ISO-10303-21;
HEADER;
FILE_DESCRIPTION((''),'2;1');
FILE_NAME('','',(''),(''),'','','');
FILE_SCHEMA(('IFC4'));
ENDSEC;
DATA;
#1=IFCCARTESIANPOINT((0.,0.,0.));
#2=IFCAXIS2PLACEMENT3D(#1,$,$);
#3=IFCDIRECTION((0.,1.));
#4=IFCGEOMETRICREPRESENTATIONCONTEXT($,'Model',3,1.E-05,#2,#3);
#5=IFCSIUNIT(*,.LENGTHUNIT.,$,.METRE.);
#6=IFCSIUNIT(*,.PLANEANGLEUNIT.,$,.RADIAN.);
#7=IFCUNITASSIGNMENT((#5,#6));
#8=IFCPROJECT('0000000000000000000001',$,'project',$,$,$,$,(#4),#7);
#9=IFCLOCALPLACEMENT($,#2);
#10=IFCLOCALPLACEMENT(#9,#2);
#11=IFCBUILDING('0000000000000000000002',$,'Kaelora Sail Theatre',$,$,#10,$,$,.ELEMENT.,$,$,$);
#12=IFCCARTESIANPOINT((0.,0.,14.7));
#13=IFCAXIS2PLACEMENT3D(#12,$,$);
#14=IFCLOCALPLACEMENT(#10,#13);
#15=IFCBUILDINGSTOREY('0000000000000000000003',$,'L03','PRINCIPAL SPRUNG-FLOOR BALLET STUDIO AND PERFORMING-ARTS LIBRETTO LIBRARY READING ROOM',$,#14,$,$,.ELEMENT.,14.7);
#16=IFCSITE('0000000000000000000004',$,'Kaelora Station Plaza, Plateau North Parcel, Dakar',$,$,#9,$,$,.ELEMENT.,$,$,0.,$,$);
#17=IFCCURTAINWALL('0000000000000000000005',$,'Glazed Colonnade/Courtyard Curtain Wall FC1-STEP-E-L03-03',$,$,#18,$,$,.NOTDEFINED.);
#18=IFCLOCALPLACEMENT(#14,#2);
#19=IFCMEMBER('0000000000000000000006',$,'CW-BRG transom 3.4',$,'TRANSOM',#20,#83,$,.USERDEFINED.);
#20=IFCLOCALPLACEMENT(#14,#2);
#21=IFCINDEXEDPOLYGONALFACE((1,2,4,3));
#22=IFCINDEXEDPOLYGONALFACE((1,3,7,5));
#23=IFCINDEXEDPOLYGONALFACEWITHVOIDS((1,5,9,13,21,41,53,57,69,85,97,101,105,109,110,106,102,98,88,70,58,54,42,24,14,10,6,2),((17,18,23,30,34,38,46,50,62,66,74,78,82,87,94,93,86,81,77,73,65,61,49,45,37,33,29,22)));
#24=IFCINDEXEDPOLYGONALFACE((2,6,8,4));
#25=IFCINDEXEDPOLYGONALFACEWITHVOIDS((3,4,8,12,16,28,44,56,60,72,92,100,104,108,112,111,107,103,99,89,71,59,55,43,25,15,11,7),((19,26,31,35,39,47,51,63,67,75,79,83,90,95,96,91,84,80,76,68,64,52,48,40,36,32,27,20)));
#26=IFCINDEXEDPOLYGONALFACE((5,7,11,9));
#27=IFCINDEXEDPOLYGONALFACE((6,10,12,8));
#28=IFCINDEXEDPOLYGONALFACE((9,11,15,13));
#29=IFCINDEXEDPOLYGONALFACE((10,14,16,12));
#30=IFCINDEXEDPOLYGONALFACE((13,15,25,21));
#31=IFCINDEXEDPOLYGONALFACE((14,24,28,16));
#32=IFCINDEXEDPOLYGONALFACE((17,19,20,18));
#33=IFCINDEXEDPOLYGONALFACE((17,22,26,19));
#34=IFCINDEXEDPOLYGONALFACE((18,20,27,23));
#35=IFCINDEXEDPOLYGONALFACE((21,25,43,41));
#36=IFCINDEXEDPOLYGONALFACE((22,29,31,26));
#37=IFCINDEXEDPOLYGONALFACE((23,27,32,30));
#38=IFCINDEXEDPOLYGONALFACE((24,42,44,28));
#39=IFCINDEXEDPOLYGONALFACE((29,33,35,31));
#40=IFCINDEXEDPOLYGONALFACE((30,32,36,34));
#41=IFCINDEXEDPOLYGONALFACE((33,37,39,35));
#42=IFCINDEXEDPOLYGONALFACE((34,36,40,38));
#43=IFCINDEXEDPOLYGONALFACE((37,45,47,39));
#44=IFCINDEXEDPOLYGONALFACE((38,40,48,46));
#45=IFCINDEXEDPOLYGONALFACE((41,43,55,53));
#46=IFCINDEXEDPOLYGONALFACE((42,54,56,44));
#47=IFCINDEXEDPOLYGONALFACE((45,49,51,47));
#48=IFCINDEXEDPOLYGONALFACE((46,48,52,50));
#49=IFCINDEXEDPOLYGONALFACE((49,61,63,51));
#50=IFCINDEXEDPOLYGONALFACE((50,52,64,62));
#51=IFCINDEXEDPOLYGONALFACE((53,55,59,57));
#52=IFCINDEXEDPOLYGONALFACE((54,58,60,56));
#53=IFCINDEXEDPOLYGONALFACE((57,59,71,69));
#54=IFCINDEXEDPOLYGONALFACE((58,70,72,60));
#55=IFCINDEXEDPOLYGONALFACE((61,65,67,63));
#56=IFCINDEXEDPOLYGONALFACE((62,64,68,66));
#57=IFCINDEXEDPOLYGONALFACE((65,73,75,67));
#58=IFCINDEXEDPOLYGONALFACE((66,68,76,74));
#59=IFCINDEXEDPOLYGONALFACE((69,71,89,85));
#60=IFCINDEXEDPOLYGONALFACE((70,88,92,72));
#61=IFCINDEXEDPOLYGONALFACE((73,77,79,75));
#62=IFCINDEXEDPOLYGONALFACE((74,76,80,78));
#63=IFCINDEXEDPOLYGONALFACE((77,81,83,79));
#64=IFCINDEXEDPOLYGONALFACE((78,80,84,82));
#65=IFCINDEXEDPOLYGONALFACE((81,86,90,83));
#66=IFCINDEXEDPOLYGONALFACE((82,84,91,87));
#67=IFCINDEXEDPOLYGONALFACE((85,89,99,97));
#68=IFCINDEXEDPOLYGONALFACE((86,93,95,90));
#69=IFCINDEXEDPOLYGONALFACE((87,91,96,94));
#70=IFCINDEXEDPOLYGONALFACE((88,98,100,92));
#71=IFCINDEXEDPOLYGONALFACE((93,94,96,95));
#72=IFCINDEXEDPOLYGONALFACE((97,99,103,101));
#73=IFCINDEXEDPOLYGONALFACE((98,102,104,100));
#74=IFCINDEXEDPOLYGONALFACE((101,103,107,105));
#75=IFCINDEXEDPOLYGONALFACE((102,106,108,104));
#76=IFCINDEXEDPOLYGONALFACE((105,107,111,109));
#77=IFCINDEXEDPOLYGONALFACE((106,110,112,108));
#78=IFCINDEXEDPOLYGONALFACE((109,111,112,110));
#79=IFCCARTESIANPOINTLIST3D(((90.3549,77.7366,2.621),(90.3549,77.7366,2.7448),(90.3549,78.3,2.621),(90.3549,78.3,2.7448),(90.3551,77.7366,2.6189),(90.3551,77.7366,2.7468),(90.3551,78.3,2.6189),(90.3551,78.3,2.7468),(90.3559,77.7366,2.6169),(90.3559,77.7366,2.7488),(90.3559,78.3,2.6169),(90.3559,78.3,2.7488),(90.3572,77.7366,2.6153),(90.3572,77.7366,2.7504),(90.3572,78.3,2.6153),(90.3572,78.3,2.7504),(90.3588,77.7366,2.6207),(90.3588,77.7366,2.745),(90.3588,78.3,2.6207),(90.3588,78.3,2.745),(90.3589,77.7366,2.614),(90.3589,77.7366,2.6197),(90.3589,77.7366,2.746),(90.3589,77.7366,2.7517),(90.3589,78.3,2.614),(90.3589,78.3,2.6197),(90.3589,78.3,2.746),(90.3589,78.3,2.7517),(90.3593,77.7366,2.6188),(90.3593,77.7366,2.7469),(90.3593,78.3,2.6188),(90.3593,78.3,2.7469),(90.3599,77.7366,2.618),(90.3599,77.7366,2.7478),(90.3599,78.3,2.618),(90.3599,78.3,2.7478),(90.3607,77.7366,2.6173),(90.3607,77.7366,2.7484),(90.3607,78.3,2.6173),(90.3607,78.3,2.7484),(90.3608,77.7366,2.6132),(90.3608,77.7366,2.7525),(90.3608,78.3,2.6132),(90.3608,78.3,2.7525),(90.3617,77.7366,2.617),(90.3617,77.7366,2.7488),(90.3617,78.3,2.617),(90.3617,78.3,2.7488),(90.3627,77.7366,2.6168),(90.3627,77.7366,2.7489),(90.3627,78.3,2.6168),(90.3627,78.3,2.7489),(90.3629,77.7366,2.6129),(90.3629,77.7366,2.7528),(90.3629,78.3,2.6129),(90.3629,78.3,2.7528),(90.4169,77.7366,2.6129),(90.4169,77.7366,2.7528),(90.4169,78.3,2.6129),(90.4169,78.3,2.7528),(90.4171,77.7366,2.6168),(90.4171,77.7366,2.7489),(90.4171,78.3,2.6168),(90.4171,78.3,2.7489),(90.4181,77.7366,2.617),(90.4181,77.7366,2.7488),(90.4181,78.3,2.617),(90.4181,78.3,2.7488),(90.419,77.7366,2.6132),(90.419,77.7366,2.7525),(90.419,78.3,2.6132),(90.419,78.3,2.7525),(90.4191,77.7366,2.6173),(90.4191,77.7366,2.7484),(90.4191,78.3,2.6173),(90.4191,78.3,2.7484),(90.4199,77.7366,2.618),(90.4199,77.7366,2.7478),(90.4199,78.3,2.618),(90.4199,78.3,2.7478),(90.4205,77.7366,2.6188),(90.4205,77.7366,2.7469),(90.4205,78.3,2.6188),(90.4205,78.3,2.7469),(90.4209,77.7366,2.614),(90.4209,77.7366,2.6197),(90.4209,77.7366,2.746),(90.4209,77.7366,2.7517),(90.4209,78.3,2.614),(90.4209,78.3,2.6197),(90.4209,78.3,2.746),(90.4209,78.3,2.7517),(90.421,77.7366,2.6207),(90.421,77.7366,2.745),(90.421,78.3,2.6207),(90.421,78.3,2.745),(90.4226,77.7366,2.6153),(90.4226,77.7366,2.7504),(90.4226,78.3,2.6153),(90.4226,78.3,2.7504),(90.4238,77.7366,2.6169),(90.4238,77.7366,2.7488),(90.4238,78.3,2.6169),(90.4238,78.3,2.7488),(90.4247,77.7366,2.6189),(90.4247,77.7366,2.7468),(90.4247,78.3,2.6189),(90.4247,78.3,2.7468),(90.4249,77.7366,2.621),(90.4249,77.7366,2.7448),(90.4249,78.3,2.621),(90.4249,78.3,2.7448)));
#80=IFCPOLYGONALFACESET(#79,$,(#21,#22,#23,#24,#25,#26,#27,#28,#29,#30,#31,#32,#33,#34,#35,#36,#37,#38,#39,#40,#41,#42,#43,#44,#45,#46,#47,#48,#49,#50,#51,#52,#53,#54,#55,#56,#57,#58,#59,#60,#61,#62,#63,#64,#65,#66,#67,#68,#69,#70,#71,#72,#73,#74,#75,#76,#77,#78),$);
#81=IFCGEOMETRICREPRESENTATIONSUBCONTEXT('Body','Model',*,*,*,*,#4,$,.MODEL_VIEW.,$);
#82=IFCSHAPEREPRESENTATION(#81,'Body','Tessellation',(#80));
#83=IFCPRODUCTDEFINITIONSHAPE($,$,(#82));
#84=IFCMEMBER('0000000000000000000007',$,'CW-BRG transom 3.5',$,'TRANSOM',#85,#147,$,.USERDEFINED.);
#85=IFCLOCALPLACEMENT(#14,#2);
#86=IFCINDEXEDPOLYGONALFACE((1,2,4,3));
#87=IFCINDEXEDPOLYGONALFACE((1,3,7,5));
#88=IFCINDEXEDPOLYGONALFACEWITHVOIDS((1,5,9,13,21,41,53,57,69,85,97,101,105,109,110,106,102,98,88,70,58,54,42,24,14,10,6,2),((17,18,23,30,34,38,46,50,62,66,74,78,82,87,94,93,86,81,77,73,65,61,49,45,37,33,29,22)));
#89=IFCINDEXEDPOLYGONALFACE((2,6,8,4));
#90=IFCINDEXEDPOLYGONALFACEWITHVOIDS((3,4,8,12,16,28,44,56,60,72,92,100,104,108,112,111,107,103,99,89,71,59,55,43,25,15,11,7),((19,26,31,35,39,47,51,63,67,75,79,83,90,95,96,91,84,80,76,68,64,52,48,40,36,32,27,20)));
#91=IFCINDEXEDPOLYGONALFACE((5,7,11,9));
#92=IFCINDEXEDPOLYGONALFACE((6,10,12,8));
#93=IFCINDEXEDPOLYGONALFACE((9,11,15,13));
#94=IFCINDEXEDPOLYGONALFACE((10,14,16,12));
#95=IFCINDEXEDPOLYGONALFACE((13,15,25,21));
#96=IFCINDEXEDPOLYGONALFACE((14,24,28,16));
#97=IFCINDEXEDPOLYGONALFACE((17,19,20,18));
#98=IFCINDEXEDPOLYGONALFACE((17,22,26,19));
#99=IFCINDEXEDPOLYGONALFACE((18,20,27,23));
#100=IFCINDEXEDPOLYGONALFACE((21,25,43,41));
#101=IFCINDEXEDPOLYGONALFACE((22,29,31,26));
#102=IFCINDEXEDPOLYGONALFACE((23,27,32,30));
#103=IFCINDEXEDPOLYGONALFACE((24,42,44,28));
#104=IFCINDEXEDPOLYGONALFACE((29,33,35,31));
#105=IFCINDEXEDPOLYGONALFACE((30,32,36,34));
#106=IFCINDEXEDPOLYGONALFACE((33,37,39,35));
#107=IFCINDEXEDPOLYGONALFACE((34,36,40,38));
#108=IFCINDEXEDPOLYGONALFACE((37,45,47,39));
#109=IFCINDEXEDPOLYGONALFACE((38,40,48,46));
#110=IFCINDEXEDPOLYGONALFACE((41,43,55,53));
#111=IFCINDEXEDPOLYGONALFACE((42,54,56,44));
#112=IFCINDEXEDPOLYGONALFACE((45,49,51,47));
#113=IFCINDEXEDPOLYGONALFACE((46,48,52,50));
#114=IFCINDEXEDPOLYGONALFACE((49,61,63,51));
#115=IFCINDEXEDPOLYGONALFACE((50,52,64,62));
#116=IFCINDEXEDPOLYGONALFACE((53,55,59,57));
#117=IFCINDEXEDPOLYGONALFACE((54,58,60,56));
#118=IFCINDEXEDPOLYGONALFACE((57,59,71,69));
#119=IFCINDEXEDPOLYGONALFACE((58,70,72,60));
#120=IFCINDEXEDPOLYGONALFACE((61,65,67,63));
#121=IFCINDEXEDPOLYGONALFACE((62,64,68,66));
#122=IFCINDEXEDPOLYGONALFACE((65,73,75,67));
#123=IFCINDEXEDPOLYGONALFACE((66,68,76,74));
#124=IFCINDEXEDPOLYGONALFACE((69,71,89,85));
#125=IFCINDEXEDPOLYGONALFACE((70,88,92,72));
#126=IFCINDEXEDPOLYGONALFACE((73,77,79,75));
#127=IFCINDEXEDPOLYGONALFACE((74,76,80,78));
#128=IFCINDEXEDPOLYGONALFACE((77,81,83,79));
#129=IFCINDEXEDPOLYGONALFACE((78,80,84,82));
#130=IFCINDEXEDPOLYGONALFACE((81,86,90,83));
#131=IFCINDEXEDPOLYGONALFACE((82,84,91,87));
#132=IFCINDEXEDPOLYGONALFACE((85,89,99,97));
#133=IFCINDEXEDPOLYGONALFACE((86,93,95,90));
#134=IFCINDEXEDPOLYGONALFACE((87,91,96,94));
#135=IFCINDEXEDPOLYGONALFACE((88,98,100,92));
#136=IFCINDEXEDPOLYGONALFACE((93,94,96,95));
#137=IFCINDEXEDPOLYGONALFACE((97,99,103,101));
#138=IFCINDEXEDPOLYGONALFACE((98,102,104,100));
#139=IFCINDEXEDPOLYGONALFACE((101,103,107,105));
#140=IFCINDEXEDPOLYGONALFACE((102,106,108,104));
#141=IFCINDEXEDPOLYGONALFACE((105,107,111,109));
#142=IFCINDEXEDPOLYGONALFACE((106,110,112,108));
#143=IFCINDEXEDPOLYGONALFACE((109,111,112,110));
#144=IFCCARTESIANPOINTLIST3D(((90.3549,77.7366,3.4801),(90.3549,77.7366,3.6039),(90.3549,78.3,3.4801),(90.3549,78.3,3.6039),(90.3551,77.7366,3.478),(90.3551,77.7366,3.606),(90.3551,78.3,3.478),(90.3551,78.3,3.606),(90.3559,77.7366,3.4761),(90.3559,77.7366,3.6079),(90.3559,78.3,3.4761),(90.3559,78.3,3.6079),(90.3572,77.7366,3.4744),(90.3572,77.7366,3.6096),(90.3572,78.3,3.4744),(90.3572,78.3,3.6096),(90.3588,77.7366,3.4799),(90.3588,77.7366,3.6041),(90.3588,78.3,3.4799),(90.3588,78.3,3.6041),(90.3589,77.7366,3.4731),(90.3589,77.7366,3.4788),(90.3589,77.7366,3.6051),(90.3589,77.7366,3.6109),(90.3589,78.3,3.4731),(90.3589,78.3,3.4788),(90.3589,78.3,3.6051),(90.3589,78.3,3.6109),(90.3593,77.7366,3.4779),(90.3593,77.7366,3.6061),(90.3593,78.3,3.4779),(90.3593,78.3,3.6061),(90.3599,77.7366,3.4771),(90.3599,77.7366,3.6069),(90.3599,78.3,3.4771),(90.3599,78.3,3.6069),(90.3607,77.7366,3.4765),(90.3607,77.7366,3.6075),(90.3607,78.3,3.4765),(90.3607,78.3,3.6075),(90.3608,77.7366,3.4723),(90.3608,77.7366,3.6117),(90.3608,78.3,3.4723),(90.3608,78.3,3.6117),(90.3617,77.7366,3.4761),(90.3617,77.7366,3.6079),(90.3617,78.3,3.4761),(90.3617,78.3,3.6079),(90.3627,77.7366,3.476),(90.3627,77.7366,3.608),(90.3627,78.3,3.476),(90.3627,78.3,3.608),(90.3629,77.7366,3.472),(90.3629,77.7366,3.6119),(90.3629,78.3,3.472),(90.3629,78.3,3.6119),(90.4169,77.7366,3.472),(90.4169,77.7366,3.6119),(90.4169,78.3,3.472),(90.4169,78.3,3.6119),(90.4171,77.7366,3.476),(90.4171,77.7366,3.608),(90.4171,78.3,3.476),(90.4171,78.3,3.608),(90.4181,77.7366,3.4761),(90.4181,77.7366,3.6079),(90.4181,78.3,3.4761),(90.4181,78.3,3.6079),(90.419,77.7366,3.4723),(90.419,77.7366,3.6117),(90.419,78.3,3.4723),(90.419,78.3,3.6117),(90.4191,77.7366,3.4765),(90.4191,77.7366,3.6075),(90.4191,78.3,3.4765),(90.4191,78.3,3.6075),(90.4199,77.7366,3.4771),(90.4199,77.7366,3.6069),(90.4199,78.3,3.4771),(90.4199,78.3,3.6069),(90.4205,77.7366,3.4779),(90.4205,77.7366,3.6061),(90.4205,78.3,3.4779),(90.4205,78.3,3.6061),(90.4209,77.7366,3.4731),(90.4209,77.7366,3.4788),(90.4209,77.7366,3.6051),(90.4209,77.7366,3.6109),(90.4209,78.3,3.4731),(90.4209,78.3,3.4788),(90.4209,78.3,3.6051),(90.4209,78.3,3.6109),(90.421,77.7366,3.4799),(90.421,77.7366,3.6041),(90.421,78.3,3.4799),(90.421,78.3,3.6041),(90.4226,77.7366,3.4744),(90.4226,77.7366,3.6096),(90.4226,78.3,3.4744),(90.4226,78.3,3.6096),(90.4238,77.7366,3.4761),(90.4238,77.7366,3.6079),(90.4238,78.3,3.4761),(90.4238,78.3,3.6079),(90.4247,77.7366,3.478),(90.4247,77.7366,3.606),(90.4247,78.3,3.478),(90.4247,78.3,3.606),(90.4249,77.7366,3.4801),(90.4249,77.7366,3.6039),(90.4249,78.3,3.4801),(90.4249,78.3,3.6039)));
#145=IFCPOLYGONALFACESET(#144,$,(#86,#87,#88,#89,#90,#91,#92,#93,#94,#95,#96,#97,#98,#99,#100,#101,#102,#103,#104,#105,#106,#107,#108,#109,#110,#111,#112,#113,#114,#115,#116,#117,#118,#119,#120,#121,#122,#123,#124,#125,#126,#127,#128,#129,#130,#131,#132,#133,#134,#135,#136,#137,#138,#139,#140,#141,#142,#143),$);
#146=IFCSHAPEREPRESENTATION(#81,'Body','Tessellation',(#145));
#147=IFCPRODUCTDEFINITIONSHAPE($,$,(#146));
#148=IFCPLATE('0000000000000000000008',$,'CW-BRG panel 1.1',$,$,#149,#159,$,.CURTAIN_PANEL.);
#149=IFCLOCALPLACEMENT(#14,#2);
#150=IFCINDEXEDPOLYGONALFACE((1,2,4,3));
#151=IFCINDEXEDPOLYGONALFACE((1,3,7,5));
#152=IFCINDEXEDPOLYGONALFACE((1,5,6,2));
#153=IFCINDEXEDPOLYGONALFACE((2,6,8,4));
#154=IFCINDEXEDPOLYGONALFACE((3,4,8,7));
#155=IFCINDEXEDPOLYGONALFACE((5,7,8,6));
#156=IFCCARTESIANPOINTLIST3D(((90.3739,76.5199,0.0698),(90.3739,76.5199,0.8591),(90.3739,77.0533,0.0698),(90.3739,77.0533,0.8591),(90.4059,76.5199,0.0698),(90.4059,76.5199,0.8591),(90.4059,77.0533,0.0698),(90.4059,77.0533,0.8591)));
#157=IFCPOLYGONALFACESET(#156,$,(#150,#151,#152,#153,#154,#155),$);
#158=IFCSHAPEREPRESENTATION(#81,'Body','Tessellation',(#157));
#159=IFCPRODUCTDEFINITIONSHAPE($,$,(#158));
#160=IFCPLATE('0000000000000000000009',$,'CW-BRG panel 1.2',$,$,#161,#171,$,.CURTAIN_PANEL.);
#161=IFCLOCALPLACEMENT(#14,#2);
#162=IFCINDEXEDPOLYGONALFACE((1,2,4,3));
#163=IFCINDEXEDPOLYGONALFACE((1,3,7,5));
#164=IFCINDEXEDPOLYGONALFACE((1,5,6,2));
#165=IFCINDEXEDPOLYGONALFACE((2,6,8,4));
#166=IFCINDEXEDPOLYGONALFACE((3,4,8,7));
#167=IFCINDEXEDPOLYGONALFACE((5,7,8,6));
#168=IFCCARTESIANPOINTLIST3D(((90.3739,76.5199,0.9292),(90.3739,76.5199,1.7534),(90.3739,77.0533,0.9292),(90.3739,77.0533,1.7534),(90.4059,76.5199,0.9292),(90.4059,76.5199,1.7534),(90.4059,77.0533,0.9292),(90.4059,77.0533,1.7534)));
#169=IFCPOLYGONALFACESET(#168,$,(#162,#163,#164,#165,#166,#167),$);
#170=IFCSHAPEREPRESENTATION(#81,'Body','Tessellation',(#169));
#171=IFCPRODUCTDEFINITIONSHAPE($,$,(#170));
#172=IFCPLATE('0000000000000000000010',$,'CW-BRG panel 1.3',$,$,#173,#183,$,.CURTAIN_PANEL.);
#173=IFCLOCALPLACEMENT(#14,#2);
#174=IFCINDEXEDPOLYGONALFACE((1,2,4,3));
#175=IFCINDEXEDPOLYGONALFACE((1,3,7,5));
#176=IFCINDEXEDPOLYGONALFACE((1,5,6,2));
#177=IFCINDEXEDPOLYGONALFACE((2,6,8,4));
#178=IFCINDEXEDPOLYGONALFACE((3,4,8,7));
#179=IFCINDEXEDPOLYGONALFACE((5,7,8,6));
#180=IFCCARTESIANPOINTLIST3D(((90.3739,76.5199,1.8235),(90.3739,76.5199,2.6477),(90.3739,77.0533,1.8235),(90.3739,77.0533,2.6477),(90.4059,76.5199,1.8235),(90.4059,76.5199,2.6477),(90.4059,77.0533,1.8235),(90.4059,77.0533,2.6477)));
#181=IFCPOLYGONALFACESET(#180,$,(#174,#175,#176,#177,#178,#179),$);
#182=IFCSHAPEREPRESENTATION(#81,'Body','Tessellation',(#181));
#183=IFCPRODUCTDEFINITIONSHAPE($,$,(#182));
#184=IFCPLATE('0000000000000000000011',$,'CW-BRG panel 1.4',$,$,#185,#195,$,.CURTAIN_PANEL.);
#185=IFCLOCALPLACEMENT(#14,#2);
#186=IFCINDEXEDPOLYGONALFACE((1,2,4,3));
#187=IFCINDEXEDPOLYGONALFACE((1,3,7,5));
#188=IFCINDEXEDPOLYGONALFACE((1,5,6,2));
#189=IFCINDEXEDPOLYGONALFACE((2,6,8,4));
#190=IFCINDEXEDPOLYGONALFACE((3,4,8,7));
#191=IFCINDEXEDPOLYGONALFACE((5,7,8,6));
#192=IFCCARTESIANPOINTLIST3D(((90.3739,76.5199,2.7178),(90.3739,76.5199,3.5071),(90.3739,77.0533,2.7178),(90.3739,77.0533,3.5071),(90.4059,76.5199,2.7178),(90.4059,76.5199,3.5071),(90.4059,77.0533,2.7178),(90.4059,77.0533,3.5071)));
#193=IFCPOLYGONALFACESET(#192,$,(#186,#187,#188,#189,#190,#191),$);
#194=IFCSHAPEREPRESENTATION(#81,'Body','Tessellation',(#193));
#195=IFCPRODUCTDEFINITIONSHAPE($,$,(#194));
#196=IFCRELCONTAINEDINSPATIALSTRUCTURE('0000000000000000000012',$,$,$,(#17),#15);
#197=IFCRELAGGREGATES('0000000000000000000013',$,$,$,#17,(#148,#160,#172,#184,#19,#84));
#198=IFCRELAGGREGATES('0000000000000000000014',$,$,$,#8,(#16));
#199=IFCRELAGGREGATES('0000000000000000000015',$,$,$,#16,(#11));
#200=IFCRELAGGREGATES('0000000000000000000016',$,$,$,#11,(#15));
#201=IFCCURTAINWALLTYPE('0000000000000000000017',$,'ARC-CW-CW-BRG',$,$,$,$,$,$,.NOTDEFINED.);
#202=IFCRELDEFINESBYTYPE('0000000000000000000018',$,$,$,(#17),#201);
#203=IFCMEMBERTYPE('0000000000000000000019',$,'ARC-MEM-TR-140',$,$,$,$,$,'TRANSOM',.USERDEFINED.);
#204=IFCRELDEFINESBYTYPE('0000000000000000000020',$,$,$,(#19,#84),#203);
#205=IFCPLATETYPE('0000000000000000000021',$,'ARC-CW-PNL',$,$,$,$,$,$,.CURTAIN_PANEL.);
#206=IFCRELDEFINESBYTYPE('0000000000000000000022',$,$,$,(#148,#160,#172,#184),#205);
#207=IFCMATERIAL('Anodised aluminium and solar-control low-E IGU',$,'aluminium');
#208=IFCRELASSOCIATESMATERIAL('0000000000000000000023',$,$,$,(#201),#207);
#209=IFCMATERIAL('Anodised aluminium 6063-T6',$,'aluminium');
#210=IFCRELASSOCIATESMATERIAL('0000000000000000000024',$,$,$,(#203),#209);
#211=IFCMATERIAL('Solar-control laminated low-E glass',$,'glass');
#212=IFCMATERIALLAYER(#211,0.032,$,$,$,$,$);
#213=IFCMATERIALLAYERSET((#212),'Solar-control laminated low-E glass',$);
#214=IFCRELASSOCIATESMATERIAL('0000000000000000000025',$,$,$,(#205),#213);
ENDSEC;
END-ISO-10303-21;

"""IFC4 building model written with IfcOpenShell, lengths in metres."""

from ifc_helpers import new_model, si_unit, direction, frame, origin, origin_2d, place, context, subcontext, project, spatial, rectangle, hollow_rectangle, extrude, material, layer, layer_set, material_profile, profile_set, type_object, element, aggregate, save


model = new_model("IFC4")

# Units and contexts
model_context = context("Model", 3, precision=1e-05, world=origin(), true_north=direction((0.0, 1.0)))
body_context = subcontext(model_context, "Body", "Model", "MODEL_VIEW")
ifc_project = project(units=[si_unit("LENGTHUNIT", "METRE"), si_unit("PLANEANGLEUNIT", "RADIAN")], contexts=[model_context])

# Site, building, storey
site_placement = place(None, origin())
site = spatial("IfcSite", under=ifc_project, at=site_placement, Name="Kaelora Station Plaza, Plateau North Parcel, Dakar", CompositionType="ELEMENT", RefElevation=0.0)
building_placement = place(site_placement, origin())
building = spatial("IfcBuilding", under=site, at=building_placement, Name="Kaelora Sail Theatre", CompositionType="ELEMENT")
storey_placement = place(building_placement, frame((0.0, 0.0, 14.7)))
storey = spatial("IfcBuildingStorey", under=building, at=storey_placement, Name="L03", Description="PRINCIPAL SPRUNG-FLOOR BALLET STUDIO AND PERFORMING-ARTS LIBRETTO LIBRARY READING ROOM", CompositionType="ELEMENT", Elevation=14.7)

# Curtain wall, members, plates
ifc_material_1 = material(Name="Anodised aluminium and solar-control low-E IGU", Category="aluminium")
curtain_wall_type = type_object("IfcCurtainWallType", Name="ARC-CW-CW-BRG", PredefinedType="NOTDEFINED", material=ifc_material_1)
curtain_wall_placement = place(storey_placement, origin())
curtain_wall = element("IfcCurtainWall", 1, at=curtain_wall_placement, inside=storey, type_object=curtain_wall_type, Name="Glazed Colonnade/Courtyard Curtain Wall FC1-STEP-E-L03-03", PredefinedType="NOTDEFINED")
ifc_material_2 = material(Name="Anodised aluminium 6063-T6", Category="aluminium")
ifc_material_profile_1 = material_profile(ifc_material_2, hollow_rectangle(XDim=0.0701, YDim=0.1399, WallThickness=0.0039, InnerFilletRadius=0.0039, OuterFilletRadius=0.0081, at=origin_2d()), Name="ALU-TRAN 70x140x4")
ifc_profile_set_1 = profile_set([ifc_material_profile_1], Name="Anodised aluminium 6063-T6")
member_type_1 = type_object("IfcMemberType", Name="ARC-MEM-TR-140", ElementType="TRANSOM", PredefinedType="USERDEFINED", material=ifc_profile_set_1)
member_1_placement = place(storey_placement, frame((90.3899, 77.7366, 2.6829), z_axis=(0.0, 1.0, 0.0), x_axis=(-1.0, 0.0, 0.0)))
member_1 = element("IfcMember", 2, at=member_1_placement, type_object=member_type_1, Name="CW-BRG transom 3.4", ObjectType="TRANSOM", PredefinedType="USERDEFINED", context=body_context, shape_type="SweptSolid", body=[
    extrude(hollow_rectangle(XDim=0.0701, YDim=0.1399, WallThickness=0.0039, InnerFilletRadius=0.0039, OuterFilletRadius=0.0081, at=origin_2d()), origin(), (0.0, 0.0, 1.0), 0.5635),
])
member_2_placement = place(storey_placement, frame((90.3899, 77.7366, 3.542), z_axis=(0.0, 1.0, 0.0), x_axis=(-1.0, 0.0, 0.0)))
member_2 = element("IfcMember", 3, at=member_2_placement, type_object=member_type_1, Name="CW-BRG transom 3.5", ObjectType="TRANSOM", PredefinedType="USERDEFINED", context=body_context, shape_type="SweptSolid", body=[
    extrude(hollow_rectangle(XDim=0.0701, YDim=0.1399, WallThickness=0.0039, InnerFilletRadius=0.0039, OuterFilletRadius=0.0081, at=origin_2d()), origin(), (0.0, 0.0, 1.0), 0.5635),
])
ifc_material_3 = material(Name="Solar-control laminated low-E glass", Category="glass")
ifc_layer = layer(ifc_material_3, 0.032)
ifc_layer_set = layer_set([ifc_layer], Name="Solar-control laminated low-E glass")
plate_type = type_object("IfcPlateType", Name="ARC-CW-PNL", PredefinedType="CURTAIN_PANEL", material=ifc_layer_set)
plate_1_placement = place(storey_placement, frame((90.3899, 76.7866, 0.0698), z_axis=(0.0, 0.0, 1.0), x_axis=(0.0, 1.0, 0.0)))
plate_1 = element("IfcPlate", 4, at=plate_1_placement, type_object=plate_type, Name="CW-BRG panel 1.1", PredefinedType="CURTAIN_PANEL", context=body_context, shape_type="SweptSolid", body=[
    extrude(rectangle(XDim=0.5334, YDim=0.032, at=origin_2d()), origin(), (0.0, 0.0, 1.0), 0.7893),
])
plate_2_placement = place(storey_placement, frame((90.3899, 76.7866, 0.9292), z_axis=(0.0, 0.0, 1.0), x_axis=(0.0, 1.0, 0.0)))
plate_2 = element("IfcPlate", 5, at=plate_2_placement, type_object=plate_type, Name="CW-BRG panel 1.2", PredefinedType="CURTAIN_PANEL", context=body_context, shape_type="SweptSolid", body=[
    extrude(rectangle(XDim=0.5334, YDim=0.032, at=origin_2d()), origin(), (0.0, 0.0, 1.0), 0.8242),
])
plate_3_placement = place(storey_placement, frame((90.3899, 76.7866, 1.8235), z_axis=(0.0, 0.0, 1.0), x_axis=(0.0, 1.0, 0.0)))
plate_3 = element("IfcPlate", 6, at=plate_3_placement, type_object=plate_type, Name="CW-BRG panel 1.3", PredefinedType="CURTAIN_PANEL", context=body_context, shape_type="SweptSolid", body=[
    extrude(rectangle(XDim=0.5334, YDim=0.032, at=origin_2d()), origin(), (0.0, 0.0, 1.0), 0.8242),
])
plate_4_placement = place(storey_placement, frame((90.3899, 76.7866, 2.7178), z_axis=(0.0, 0.0, 1.0), x_axis=(0.0, 1.0, 0.0)))
plate_4 = element("IfcPlate", 7, at=plate_4_placement, type_object=plate_type, Name="CW-BRG panel 1.4", PredefinedType="CURTAIN_PANEL", context=body_context, shape_type="SweptSolid", body=[
    extrude(rectangle(XDim=0.5334, YDim=0.032, at=origin_2d()), origin(), (0.0, 0.0, 1.0), 0.7893),
])
aggregate(curtain_wall, [plate_1, plate_2, plate_3, plate_4, member_1, member_2])

save(model, "model.ifc")
